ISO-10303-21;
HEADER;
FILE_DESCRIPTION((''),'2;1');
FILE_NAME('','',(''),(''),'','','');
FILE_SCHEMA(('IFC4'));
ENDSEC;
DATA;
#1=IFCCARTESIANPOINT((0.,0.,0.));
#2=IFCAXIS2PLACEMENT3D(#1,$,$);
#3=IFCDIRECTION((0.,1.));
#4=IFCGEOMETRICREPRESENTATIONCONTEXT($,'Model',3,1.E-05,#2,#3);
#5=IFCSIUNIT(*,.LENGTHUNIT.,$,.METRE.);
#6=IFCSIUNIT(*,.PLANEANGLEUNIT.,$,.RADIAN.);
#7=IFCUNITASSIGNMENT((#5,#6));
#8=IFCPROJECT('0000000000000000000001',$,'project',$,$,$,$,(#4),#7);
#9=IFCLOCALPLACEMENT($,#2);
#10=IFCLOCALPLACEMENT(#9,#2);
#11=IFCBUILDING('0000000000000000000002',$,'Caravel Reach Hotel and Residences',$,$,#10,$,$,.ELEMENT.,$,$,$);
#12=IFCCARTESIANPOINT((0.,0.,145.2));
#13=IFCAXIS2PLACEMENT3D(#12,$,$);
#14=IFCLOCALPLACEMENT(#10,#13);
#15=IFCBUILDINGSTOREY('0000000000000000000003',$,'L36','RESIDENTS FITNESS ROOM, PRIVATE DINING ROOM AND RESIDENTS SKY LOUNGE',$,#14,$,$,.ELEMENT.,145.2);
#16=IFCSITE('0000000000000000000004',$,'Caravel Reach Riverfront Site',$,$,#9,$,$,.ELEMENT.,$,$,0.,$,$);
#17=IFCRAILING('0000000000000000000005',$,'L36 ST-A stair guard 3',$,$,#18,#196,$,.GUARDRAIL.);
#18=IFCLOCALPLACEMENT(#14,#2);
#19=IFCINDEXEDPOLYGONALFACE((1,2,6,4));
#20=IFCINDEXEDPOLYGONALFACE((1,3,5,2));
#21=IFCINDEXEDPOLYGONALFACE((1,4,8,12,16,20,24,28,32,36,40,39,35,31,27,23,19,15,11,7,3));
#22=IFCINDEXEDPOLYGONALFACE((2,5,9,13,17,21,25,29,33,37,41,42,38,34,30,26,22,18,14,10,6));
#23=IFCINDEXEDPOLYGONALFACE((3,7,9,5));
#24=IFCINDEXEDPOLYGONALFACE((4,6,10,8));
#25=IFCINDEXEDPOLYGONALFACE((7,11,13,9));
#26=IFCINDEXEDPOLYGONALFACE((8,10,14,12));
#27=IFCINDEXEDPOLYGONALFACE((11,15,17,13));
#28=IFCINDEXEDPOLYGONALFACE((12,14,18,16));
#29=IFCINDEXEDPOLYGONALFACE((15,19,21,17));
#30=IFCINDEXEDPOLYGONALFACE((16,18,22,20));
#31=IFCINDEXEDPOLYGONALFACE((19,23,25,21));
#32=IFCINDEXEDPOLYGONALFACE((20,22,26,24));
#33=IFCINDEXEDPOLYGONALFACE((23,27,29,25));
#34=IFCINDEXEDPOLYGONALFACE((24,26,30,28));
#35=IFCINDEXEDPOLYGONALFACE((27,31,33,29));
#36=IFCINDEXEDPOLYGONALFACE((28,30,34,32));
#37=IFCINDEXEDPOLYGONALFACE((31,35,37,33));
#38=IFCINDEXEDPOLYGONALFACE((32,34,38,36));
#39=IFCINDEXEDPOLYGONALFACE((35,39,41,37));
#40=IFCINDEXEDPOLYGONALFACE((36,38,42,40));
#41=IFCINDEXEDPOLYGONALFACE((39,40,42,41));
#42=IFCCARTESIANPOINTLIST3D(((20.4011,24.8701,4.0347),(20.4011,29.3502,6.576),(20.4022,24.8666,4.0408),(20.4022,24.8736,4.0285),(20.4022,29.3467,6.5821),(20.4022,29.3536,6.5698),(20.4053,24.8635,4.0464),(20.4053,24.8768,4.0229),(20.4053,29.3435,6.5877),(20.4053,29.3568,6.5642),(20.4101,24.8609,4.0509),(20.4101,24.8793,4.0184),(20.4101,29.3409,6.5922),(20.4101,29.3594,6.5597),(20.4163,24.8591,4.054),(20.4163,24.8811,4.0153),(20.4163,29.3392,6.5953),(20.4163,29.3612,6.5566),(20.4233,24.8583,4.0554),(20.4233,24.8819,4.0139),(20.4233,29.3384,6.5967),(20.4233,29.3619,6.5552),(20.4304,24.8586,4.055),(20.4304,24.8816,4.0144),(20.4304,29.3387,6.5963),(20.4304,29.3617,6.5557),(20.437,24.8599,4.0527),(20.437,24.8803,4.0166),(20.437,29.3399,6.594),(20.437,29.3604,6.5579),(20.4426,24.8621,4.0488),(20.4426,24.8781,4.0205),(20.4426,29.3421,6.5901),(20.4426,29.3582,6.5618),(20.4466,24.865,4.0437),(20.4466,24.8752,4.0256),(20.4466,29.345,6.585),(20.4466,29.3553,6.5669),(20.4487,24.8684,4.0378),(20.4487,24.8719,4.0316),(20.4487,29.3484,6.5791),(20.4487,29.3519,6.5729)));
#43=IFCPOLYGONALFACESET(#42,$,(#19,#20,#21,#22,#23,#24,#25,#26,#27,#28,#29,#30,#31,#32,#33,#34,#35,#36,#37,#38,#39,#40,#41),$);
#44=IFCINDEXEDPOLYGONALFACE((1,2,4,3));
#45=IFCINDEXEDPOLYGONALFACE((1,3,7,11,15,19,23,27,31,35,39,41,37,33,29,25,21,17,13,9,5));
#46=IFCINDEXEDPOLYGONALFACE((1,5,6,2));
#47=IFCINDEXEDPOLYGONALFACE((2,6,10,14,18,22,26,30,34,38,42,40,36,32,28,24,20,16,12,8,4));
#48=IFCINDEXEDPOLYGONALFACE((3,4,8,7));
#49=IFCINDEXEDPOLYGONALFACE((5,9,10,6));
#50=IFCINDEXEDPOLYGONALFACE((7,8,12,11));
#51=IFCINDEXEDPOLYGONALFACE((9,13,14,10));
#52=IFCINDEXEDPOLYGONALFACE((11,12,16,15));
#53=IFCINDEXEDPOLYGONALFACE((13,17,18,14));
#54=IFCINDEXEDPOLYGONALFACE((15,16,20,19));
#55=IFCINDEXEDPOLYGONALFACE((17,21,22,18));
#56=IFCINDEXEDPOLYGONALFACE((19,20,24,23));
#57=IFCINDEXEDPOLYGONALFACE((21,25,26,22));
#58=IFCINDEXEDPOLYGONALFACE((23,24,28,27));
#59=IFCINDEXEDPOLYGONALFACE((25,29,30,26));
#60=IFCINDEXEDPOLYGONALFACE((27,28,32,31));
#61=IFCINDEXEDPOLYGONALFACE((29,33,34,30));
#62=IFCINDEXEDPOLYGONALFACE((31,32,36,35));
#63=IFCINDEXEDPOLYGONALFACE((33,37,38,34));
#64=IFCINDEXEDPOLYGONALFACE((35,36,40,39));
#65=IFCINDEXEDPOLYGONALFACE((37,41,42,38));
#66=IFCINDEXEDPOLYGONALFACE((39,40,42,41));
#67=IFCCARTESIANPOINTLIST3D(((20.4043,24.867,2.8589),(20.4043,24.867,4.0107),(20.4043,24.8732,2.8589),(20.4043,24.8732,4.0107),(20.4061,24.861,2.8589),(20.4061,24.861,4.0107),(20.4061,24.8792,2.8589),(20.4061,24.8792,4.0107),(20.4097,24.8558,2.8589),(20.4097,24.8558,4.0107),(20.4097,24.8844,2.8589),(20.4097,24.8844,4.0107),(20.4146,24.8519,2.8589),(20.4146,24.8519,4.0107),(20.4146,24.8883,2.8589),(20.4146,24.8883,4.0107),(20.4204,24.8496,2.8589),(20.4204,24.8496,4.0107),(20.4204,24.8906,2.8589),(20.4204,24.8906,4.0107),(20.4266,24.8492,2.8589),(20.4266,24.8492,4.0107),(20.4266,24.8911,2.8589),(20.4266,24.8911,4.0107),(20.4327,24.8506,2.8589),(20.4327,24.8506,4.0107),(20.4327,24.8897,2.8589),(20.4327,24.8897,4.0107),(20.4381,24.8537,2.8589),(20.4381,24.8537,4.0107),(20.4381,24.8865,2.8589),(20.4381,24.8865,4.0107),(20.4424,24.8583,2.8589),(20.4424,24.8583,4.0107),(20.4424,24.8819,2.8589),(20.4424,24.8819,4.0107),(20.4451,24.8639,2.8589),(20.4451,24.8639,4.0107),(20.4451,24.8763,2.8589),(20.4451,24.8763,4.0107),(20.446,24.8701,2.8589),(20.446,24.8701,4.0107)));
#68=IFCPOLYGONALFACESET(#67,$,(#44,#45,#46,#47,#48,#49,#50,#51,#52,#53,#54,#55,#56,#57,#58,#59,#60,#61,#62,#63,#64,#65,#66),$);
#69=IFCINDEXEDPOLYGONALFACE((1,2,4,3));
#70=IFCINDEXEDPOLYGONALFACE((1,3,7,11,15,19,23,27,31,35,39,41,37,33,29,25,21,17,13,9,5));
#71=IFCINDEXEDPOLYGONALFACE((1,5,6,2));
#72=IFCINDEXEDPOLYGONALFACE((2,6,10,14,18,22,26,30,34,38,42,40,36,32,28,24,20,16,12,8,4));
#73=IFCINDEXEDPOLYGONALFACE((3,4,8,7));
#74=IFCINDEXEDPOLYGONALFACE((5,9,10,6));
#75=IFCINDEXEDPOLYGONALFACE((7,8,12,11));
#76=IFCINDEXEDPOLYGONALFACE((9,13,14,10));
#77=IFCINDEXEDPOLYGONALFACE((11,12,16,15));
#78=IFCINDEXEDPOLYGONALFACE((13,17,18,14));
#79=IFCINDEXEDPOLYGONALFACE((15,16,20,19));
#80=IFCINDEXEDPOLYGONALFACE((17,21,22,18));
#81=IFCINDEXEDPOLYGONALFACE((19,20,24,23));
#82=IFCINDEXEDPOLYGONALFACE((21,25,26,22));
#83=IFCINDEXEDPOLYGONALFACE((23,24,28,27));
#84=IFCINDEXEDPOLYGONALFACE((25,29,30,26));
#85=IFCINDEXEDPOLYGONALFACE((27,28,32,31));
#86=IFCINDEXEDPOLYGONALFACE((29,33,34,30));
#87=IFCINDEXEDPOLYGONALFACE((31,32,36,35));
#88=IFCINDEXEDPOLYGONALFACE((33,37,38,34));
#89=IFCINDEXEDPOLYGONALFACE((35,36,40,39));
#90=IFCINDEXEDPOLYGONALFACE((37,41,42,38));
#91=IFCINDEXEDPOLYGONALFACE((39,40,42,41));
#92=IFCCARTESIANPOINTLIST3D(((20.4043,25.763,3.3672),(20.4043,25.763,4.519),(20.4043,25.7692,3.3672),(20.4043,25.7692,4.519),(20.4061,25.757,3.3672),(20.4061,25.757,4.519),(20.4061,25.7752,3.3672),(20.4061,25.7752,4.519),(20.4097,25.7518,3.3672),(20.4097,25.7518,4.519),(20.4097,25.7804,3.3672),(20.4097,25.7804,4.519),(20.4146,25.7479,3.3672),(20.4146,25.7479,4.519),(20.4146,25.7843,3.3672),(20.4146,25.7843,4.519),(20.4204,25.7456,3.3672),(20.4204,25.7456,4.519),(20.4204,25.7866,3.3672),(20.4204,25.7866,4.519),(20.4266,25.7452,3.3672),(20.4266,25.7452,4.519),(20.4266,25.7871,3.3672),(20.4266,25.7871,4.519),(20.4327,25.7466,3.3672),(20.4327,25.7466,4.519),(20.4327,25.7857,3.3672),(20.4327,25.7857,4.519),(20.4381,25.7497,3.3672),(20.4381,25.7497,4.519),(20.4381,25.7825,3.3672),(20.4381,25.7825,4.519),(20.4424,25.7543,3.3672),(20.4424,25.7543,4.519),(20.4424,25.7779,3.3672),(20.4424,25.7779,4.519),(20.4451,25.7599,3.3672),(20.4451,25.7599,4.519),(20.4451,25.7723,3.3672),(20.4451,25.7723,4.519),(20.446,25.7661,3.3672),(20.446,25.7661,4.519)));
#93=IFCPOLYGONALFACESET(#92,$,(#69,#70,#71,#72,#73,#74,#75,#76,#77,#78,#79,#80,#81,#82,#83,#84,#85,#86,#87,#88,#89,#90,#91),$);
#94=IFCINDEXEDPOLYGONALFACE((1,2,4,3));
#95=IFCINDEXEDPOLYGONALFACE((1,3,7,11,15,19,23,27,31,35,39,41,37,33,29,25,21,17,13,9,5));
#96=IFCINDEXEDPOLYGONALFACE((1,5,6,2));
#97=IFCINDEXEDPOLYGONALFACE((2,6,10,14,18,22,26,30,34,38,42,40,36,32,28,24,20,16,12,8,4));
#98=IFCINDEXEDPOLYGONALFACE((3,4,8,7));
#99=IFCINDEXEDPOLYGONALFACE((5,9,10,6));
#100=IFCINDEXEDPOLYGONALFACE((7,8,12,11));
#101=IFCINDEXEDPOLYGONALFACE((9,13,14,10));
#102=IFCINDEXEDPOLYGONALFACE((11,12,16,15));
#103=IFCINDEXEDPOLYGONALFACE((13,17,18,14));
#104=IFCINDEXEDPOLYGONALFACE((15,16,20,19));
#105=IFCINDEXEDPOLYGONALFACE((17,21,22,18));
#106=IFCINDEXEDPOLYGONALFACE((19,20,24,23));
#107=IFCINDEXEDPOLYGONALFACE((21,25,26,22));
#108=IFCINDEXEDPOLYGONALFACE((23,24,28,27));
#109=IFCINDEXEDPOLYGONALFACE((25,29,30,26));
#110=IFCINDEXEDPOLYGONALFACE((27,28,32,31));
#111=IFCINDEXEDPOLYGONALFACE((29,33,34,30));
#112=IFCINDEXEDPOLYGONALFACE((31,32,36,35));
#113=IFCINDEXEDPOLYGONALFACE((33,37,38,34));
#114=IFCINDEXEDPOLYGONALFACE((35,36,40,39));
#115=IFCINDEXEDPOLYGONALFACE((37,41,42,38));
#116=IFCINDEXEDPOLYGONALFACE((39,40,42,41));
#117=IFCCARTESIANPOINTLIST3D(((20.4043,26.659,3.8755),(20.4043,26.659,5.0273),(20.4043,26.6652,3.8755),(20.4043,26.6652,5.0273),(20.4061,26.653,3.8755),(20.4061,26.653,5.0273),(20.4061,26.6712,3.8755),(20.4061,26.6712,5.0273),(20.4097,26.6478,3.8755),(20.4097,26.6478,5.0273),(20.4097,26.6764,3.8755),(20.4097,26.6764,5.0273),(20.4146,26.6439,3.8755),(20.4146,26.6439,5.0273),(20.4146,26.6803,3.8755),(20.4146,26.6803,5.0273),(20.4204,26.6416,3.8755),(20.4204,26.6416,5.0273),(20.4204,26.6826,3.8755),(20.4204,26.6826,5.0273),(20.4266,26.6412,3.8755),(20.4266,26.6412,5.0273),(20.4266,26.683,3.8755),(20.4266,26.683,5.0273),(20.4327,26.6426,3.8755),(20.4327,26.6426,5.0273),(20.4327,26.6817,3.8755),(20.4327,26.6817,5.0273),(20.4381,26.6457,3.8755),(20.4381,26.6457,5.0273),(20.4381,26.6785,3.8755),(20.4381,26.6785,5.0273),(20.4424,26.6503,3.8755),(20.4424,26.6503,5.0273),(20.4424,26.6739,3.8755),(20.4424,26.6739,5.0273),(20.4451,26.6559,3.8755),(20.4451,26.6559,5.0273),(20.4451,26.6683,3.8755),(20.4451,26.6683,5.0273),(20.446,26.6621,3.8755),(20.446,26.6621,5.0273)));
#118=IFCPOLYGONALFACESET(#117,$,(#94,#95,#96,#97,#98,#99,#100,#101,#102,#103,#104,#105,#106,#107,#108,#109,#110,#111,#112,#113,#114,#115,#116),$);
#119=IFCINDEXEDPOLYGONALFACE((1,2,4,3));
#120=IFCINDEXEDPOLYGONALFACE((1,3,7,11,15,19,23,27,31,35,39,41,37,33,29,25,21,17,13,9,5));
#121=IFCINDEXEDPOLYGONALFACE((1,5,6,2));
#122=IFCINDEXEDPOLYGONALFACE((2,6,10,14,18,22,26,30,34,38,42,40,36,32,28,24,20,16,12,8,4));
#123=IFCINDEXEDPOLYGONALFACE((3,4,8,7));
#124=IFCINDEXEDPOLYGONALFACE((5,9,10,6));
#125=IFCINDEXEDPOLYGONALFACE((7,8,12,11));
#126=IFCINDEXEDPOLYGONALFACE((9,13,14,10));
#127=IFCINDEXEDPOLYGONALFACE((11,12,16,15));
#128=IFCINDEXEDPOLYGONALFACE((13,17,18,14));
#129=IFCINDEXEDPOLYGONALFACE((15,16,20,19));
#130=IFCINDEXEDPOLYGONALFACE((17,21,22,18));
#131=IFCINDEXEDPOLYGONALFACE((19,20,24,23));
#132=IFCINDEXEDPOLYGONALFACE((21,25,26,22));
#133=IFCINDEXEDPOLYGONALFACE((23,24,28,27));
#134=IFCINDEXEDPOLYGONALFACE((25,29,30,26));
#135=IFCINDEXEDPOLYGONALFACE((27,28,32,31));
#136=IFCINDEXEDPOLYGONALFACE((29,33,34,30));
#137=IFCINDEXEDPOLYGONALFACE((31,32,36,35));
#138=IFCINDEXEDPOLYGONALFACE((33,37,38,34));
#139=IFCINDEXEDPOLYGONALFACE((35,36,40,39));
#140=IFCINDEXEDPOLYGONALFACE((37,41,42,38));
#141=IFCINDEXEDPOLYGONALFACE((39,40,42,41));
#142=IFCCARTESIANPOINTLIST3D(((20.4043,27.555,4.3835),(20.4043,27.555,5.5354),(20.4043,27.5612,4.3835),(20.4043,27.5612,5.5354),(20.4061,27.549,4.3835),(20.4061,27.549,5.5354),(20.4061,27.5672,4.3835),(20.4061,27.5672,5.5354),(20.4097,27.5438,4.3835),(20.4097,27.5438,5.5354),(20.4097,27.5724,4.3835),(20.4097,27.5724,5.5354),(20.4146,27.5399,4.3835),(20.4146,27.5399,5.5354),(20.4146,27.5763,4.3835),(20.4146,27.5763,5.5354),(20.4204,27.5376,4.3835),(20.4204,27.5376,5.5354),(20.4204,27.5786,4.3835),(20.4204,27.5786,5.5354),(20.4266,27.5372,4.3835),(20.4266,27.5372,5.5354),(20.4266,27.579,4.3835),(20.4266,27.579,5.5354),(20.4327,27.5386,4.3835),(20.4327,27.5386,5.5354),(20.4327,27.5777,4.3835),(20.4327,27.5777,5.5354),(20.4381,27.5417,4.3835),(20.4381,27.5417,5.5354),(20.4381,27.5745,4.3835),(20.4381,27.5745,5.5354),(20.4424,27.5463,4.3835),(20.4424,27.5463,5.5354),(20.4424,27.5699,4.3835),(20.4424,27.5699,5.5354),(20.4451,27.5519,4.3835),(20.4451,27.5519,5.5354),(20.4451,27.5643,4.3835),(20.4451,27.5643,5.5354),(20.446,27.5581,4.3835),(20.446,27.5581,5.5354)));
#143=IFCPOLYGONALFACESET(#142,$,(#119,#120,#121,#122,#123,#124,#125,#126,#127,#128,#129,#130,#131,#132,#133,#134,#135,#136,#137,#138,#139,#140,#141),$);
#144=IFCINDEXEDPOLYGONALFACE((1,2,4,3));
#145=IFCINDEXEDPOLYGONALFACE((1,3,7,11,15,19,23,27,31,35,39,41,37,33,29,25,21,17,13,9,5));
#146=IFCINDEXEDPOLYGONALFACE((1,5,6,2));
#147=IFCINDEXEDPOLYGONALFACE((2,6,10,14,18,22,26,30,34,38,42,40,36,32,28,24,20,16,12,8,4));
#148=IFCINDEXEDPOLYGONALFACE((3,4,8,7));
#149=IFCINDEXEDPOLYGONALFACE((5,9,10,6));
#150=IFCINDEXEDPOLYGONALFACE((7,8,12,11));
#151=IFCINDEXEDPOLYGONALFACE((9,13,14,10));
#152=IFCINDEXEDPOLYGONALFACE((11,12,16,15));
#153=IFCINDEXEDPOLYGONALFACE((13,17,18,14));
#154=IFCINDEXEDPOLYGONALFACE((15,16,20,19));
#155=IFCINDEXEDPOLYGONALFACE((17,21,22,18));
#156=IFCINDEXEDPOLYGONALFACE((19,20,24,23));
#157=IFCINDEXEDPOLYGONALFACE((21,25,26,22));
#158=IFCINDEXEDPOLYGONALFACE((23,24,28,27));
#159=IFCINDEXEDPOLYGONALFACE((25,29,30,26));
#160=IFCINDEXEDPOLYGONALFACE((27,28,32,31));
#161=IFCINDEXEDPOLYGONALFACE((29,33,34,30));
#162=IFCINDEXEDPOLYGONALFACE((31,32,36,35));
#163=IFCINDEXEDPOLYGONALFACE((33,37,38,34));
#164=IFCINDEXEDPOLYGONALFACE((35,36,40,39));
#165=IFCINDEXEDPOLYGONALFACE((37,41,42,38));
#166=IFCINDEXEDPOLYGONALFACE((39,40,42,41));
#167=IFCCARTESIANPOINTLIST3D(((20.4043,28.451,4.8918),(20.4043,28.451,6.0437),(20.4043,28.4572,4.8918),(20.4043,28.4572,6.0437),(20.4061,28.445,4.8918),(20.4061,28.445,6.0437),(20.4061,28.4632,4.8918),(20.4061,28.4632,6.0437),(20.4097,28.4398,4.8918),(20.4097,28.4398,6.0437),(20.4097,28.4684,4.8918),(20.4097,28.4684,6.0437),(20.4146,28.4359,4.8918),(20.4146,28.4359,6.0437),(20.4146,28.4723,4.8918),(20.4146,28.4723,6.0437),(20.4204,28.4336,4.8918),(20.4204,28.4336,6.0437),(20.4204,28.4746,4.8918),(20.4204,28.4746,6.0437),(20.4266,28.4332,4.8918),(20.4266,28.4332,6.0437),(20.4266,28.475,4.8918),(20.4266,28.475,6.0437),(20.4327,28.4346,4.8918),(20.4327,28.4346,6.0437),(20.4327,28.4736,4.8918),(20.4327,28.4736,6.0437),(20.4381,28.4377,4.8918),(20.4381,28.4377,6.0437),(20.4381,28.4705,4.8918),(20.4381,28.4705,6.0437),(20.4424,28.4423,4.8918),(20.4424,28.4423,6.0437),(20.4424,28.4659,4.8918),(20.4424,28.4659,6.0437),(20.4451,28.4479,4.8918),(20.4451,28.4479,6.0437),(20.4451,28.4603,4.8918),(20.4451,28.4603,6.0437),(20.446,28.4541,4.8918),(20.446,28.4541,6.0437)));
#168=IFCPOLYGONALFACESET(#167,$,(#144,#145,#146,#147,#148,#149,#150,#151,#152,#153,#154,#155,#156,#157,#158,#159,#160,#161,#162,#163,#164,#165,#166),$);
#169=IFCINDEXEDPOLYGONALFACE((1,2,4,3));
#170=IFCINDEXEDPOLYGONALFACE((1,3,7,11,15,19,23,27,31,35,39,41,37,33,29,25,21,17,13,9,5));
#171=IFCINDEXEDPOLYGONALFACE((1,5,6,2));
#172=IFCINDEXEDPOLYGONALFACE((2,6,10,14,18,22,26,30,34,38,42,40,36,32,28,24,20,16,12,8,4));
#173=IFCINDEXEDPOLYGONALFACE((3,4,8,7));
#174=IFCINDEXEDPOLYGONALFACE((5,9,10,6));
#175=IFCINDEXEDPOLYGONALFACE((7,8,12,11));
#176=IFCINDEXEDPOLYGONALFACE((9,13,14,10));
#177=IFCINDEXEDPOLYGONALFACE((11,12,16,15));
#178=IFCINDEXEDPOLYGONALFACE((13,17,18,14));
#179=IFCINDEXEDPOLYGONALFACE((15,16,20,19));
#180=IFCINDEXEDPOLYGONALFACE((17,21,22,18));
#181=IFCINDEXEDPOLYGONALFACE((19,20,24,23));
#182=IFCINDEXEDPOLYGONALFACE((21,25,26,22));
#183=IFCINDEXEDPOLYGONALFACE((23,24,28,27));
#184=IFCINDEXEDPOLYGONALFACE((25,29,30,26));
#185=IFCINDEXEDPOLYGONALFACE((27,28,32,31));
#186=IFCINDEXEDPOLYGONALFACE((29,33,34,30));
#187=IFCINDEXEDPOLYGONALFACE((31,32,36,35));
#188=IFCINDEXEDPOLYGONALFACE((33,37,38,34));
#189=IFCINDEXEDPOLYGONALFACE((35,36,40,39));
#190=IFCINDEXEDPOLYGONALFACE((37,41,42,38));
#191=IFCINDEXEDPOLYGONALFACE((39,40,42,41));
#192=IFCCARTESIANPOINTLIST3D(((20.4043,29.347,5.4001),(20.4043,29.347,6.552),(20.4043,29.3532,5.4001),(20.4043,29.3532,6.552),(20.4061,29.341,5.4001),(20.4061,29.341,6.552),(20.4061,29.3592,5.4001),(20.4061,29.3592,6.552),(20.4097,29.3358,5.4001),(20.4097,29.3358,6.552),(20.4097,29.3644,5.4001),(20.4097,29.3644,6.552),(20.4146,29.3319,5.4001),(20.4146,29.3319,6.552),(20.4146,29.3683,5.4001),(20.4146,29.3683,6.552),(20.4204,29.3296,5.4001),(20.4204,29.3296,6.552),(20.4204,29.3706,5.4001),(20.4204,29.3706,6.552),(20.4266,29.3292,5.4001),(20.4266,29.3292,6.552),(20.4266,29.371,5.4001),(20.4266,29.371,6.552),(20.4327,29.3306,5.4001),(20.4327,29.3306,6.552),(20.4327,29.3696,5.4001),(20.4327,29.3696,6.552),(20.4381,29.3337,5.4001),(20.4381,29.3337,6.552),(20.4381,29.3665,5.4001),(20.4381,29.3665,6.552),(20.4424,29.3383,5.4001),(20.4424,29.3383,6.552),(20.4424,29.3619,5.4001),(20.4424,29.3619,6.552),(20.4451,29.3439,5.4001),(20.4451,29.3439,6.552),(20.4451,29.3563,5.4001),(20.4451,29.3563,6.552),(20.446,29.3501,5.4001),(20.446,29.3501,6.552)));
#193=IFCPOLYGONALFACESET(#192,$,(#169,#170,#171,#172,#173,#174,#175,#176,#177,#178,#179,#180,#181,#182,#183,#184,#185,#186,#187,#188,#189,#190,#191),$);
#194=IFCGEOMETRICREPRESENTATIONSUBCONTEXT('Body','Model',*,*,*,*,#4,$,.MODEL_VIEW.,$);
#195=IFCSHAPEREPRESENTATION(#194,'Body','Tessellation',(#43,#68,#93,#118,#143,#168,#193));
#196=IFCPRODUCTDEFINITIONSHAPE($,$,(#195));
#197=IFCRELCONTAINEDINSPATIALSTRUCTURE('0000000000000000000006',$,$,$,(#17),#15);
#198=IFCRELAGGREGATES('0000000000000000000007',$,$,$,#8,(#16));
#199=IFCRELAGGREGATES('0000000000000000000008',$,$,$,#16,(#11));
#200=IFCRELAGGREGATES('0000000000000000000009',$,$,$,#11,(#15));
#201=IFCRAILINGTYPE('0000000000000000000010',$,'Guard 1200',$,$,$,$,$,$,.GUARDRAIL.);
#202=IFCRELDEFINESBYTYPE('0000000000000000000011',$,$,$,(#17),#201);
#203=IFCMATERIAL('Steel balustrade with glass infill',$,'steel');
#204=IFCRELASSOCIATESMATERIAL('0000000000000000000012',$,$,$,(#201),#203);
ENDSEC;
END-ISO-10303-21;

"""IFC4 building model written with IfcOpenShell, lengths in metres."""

from ifc_helpers import new_model, si_unit, direction, frame, origin, origin_2d, place, context, subcontext, project, spatial, circle, extrude, material, type_object, element, save


model = new_model("IFC4")

# Units and contexts
model_context = context("Model", 3, precision=1e-05, world=origin(), true_north=direction((0.0, 1.0)))
body_context = subcontext(model_context, "Body", "Model", "MODEL_VIEW")
ifc_project = project(units=[si_unit("LENGTHUNIT", "METRE"), si_unit("PLANEANGLEUNIT", "RADIAN")], contexts=[model_context])

# Site, building, storey
site_placement = place(None, origin())
site = spatial("IfcSite", under=ifc_project, at=site_placement, Name="Caravel Reach Riverfront Site", CompositionType="ELEMENT", RefElevation=0.0)
building_placement = place(site_placement, origin())
building = spatial("IfcBuilding", under=site, at=building_placement, Name="Caravel Reach Hotel and Residences", CompositionType="ELEMENT")
storey_placement = place(building_placement, frame((0.0, 0.0, 145.2)))
storey = spatial("IfcBuildingStorey", under=building, at=storey_placement, Name="L36", Description="RESIDENTS FITNESS ROOM, PRIVATE DINING ROOM AND RESIDENTS SKY LOUNGE", CompositionType="ELEMENT", Elevation=145.2)

# Railing
ifc_material_1 = material(Name="Steel balustrade with glass infill", Category="steel")
railing_type_1 = type_object("IfcRailingType", Name="Guard 1200", PredefinedType="GUARDRAIL", material=ifc_material_1)
railing_1_placement = place(storey_placement, frame((20.425, 24.8701, 2.8589)))
element("IfcRailing", 1, at=railing_1_placement, inside=storey, type_object=railing_type_1, Name="L36 ST-A stair guard 3", PredefinedType="GUARDRAIL", context=body_context, shape_type="SweptSolid", body=[
    extrude(circle(Radius=0.0239, at=origin_2d()), frame((0.0, 0.0, 1.1758), z_axis=(0.0, 0.869805, 0.493395), x_axis=(-1.0, 0.0, 0.0)), (0.0, 0.0, 1.0), 5.1506),
    extrude(circle(Radius=0.021, at=origin_2d()), origin(), (0.0, 0.0, 1.0), 1.1519),
    extrude(circle(Radius=0.021, at=origin_2d()), frame((0.0, 0.896, 0.5083)), (0.0, 0.0, 1.0), 1.1519),
    extrude(circle(Radius=0.021, at=origin_2d()), frame((0.0, 1.792, 1.0166)), (0.0, 0.0, 1.0), 1.1519),
    extrude(circle(Radius=0.021, at=origin_2d()), frame((0.0, 2.688, 1.5247)), (0.0, 0.0, 1.0), 1.1519),
    extrude(circle(Radius=0.021, at=origin_2d()), frame((0.0, 3.584, 2.033)), (0.0, 0.0, 1.0), 1.1519),
    extrude(circle(Radius=0.021, at=origin_2d()), frame((0.0, 4.48, 2.5413)), (0.0, 0.0, 1.0), 1.1519),
])

save(model, "model.ifc")
